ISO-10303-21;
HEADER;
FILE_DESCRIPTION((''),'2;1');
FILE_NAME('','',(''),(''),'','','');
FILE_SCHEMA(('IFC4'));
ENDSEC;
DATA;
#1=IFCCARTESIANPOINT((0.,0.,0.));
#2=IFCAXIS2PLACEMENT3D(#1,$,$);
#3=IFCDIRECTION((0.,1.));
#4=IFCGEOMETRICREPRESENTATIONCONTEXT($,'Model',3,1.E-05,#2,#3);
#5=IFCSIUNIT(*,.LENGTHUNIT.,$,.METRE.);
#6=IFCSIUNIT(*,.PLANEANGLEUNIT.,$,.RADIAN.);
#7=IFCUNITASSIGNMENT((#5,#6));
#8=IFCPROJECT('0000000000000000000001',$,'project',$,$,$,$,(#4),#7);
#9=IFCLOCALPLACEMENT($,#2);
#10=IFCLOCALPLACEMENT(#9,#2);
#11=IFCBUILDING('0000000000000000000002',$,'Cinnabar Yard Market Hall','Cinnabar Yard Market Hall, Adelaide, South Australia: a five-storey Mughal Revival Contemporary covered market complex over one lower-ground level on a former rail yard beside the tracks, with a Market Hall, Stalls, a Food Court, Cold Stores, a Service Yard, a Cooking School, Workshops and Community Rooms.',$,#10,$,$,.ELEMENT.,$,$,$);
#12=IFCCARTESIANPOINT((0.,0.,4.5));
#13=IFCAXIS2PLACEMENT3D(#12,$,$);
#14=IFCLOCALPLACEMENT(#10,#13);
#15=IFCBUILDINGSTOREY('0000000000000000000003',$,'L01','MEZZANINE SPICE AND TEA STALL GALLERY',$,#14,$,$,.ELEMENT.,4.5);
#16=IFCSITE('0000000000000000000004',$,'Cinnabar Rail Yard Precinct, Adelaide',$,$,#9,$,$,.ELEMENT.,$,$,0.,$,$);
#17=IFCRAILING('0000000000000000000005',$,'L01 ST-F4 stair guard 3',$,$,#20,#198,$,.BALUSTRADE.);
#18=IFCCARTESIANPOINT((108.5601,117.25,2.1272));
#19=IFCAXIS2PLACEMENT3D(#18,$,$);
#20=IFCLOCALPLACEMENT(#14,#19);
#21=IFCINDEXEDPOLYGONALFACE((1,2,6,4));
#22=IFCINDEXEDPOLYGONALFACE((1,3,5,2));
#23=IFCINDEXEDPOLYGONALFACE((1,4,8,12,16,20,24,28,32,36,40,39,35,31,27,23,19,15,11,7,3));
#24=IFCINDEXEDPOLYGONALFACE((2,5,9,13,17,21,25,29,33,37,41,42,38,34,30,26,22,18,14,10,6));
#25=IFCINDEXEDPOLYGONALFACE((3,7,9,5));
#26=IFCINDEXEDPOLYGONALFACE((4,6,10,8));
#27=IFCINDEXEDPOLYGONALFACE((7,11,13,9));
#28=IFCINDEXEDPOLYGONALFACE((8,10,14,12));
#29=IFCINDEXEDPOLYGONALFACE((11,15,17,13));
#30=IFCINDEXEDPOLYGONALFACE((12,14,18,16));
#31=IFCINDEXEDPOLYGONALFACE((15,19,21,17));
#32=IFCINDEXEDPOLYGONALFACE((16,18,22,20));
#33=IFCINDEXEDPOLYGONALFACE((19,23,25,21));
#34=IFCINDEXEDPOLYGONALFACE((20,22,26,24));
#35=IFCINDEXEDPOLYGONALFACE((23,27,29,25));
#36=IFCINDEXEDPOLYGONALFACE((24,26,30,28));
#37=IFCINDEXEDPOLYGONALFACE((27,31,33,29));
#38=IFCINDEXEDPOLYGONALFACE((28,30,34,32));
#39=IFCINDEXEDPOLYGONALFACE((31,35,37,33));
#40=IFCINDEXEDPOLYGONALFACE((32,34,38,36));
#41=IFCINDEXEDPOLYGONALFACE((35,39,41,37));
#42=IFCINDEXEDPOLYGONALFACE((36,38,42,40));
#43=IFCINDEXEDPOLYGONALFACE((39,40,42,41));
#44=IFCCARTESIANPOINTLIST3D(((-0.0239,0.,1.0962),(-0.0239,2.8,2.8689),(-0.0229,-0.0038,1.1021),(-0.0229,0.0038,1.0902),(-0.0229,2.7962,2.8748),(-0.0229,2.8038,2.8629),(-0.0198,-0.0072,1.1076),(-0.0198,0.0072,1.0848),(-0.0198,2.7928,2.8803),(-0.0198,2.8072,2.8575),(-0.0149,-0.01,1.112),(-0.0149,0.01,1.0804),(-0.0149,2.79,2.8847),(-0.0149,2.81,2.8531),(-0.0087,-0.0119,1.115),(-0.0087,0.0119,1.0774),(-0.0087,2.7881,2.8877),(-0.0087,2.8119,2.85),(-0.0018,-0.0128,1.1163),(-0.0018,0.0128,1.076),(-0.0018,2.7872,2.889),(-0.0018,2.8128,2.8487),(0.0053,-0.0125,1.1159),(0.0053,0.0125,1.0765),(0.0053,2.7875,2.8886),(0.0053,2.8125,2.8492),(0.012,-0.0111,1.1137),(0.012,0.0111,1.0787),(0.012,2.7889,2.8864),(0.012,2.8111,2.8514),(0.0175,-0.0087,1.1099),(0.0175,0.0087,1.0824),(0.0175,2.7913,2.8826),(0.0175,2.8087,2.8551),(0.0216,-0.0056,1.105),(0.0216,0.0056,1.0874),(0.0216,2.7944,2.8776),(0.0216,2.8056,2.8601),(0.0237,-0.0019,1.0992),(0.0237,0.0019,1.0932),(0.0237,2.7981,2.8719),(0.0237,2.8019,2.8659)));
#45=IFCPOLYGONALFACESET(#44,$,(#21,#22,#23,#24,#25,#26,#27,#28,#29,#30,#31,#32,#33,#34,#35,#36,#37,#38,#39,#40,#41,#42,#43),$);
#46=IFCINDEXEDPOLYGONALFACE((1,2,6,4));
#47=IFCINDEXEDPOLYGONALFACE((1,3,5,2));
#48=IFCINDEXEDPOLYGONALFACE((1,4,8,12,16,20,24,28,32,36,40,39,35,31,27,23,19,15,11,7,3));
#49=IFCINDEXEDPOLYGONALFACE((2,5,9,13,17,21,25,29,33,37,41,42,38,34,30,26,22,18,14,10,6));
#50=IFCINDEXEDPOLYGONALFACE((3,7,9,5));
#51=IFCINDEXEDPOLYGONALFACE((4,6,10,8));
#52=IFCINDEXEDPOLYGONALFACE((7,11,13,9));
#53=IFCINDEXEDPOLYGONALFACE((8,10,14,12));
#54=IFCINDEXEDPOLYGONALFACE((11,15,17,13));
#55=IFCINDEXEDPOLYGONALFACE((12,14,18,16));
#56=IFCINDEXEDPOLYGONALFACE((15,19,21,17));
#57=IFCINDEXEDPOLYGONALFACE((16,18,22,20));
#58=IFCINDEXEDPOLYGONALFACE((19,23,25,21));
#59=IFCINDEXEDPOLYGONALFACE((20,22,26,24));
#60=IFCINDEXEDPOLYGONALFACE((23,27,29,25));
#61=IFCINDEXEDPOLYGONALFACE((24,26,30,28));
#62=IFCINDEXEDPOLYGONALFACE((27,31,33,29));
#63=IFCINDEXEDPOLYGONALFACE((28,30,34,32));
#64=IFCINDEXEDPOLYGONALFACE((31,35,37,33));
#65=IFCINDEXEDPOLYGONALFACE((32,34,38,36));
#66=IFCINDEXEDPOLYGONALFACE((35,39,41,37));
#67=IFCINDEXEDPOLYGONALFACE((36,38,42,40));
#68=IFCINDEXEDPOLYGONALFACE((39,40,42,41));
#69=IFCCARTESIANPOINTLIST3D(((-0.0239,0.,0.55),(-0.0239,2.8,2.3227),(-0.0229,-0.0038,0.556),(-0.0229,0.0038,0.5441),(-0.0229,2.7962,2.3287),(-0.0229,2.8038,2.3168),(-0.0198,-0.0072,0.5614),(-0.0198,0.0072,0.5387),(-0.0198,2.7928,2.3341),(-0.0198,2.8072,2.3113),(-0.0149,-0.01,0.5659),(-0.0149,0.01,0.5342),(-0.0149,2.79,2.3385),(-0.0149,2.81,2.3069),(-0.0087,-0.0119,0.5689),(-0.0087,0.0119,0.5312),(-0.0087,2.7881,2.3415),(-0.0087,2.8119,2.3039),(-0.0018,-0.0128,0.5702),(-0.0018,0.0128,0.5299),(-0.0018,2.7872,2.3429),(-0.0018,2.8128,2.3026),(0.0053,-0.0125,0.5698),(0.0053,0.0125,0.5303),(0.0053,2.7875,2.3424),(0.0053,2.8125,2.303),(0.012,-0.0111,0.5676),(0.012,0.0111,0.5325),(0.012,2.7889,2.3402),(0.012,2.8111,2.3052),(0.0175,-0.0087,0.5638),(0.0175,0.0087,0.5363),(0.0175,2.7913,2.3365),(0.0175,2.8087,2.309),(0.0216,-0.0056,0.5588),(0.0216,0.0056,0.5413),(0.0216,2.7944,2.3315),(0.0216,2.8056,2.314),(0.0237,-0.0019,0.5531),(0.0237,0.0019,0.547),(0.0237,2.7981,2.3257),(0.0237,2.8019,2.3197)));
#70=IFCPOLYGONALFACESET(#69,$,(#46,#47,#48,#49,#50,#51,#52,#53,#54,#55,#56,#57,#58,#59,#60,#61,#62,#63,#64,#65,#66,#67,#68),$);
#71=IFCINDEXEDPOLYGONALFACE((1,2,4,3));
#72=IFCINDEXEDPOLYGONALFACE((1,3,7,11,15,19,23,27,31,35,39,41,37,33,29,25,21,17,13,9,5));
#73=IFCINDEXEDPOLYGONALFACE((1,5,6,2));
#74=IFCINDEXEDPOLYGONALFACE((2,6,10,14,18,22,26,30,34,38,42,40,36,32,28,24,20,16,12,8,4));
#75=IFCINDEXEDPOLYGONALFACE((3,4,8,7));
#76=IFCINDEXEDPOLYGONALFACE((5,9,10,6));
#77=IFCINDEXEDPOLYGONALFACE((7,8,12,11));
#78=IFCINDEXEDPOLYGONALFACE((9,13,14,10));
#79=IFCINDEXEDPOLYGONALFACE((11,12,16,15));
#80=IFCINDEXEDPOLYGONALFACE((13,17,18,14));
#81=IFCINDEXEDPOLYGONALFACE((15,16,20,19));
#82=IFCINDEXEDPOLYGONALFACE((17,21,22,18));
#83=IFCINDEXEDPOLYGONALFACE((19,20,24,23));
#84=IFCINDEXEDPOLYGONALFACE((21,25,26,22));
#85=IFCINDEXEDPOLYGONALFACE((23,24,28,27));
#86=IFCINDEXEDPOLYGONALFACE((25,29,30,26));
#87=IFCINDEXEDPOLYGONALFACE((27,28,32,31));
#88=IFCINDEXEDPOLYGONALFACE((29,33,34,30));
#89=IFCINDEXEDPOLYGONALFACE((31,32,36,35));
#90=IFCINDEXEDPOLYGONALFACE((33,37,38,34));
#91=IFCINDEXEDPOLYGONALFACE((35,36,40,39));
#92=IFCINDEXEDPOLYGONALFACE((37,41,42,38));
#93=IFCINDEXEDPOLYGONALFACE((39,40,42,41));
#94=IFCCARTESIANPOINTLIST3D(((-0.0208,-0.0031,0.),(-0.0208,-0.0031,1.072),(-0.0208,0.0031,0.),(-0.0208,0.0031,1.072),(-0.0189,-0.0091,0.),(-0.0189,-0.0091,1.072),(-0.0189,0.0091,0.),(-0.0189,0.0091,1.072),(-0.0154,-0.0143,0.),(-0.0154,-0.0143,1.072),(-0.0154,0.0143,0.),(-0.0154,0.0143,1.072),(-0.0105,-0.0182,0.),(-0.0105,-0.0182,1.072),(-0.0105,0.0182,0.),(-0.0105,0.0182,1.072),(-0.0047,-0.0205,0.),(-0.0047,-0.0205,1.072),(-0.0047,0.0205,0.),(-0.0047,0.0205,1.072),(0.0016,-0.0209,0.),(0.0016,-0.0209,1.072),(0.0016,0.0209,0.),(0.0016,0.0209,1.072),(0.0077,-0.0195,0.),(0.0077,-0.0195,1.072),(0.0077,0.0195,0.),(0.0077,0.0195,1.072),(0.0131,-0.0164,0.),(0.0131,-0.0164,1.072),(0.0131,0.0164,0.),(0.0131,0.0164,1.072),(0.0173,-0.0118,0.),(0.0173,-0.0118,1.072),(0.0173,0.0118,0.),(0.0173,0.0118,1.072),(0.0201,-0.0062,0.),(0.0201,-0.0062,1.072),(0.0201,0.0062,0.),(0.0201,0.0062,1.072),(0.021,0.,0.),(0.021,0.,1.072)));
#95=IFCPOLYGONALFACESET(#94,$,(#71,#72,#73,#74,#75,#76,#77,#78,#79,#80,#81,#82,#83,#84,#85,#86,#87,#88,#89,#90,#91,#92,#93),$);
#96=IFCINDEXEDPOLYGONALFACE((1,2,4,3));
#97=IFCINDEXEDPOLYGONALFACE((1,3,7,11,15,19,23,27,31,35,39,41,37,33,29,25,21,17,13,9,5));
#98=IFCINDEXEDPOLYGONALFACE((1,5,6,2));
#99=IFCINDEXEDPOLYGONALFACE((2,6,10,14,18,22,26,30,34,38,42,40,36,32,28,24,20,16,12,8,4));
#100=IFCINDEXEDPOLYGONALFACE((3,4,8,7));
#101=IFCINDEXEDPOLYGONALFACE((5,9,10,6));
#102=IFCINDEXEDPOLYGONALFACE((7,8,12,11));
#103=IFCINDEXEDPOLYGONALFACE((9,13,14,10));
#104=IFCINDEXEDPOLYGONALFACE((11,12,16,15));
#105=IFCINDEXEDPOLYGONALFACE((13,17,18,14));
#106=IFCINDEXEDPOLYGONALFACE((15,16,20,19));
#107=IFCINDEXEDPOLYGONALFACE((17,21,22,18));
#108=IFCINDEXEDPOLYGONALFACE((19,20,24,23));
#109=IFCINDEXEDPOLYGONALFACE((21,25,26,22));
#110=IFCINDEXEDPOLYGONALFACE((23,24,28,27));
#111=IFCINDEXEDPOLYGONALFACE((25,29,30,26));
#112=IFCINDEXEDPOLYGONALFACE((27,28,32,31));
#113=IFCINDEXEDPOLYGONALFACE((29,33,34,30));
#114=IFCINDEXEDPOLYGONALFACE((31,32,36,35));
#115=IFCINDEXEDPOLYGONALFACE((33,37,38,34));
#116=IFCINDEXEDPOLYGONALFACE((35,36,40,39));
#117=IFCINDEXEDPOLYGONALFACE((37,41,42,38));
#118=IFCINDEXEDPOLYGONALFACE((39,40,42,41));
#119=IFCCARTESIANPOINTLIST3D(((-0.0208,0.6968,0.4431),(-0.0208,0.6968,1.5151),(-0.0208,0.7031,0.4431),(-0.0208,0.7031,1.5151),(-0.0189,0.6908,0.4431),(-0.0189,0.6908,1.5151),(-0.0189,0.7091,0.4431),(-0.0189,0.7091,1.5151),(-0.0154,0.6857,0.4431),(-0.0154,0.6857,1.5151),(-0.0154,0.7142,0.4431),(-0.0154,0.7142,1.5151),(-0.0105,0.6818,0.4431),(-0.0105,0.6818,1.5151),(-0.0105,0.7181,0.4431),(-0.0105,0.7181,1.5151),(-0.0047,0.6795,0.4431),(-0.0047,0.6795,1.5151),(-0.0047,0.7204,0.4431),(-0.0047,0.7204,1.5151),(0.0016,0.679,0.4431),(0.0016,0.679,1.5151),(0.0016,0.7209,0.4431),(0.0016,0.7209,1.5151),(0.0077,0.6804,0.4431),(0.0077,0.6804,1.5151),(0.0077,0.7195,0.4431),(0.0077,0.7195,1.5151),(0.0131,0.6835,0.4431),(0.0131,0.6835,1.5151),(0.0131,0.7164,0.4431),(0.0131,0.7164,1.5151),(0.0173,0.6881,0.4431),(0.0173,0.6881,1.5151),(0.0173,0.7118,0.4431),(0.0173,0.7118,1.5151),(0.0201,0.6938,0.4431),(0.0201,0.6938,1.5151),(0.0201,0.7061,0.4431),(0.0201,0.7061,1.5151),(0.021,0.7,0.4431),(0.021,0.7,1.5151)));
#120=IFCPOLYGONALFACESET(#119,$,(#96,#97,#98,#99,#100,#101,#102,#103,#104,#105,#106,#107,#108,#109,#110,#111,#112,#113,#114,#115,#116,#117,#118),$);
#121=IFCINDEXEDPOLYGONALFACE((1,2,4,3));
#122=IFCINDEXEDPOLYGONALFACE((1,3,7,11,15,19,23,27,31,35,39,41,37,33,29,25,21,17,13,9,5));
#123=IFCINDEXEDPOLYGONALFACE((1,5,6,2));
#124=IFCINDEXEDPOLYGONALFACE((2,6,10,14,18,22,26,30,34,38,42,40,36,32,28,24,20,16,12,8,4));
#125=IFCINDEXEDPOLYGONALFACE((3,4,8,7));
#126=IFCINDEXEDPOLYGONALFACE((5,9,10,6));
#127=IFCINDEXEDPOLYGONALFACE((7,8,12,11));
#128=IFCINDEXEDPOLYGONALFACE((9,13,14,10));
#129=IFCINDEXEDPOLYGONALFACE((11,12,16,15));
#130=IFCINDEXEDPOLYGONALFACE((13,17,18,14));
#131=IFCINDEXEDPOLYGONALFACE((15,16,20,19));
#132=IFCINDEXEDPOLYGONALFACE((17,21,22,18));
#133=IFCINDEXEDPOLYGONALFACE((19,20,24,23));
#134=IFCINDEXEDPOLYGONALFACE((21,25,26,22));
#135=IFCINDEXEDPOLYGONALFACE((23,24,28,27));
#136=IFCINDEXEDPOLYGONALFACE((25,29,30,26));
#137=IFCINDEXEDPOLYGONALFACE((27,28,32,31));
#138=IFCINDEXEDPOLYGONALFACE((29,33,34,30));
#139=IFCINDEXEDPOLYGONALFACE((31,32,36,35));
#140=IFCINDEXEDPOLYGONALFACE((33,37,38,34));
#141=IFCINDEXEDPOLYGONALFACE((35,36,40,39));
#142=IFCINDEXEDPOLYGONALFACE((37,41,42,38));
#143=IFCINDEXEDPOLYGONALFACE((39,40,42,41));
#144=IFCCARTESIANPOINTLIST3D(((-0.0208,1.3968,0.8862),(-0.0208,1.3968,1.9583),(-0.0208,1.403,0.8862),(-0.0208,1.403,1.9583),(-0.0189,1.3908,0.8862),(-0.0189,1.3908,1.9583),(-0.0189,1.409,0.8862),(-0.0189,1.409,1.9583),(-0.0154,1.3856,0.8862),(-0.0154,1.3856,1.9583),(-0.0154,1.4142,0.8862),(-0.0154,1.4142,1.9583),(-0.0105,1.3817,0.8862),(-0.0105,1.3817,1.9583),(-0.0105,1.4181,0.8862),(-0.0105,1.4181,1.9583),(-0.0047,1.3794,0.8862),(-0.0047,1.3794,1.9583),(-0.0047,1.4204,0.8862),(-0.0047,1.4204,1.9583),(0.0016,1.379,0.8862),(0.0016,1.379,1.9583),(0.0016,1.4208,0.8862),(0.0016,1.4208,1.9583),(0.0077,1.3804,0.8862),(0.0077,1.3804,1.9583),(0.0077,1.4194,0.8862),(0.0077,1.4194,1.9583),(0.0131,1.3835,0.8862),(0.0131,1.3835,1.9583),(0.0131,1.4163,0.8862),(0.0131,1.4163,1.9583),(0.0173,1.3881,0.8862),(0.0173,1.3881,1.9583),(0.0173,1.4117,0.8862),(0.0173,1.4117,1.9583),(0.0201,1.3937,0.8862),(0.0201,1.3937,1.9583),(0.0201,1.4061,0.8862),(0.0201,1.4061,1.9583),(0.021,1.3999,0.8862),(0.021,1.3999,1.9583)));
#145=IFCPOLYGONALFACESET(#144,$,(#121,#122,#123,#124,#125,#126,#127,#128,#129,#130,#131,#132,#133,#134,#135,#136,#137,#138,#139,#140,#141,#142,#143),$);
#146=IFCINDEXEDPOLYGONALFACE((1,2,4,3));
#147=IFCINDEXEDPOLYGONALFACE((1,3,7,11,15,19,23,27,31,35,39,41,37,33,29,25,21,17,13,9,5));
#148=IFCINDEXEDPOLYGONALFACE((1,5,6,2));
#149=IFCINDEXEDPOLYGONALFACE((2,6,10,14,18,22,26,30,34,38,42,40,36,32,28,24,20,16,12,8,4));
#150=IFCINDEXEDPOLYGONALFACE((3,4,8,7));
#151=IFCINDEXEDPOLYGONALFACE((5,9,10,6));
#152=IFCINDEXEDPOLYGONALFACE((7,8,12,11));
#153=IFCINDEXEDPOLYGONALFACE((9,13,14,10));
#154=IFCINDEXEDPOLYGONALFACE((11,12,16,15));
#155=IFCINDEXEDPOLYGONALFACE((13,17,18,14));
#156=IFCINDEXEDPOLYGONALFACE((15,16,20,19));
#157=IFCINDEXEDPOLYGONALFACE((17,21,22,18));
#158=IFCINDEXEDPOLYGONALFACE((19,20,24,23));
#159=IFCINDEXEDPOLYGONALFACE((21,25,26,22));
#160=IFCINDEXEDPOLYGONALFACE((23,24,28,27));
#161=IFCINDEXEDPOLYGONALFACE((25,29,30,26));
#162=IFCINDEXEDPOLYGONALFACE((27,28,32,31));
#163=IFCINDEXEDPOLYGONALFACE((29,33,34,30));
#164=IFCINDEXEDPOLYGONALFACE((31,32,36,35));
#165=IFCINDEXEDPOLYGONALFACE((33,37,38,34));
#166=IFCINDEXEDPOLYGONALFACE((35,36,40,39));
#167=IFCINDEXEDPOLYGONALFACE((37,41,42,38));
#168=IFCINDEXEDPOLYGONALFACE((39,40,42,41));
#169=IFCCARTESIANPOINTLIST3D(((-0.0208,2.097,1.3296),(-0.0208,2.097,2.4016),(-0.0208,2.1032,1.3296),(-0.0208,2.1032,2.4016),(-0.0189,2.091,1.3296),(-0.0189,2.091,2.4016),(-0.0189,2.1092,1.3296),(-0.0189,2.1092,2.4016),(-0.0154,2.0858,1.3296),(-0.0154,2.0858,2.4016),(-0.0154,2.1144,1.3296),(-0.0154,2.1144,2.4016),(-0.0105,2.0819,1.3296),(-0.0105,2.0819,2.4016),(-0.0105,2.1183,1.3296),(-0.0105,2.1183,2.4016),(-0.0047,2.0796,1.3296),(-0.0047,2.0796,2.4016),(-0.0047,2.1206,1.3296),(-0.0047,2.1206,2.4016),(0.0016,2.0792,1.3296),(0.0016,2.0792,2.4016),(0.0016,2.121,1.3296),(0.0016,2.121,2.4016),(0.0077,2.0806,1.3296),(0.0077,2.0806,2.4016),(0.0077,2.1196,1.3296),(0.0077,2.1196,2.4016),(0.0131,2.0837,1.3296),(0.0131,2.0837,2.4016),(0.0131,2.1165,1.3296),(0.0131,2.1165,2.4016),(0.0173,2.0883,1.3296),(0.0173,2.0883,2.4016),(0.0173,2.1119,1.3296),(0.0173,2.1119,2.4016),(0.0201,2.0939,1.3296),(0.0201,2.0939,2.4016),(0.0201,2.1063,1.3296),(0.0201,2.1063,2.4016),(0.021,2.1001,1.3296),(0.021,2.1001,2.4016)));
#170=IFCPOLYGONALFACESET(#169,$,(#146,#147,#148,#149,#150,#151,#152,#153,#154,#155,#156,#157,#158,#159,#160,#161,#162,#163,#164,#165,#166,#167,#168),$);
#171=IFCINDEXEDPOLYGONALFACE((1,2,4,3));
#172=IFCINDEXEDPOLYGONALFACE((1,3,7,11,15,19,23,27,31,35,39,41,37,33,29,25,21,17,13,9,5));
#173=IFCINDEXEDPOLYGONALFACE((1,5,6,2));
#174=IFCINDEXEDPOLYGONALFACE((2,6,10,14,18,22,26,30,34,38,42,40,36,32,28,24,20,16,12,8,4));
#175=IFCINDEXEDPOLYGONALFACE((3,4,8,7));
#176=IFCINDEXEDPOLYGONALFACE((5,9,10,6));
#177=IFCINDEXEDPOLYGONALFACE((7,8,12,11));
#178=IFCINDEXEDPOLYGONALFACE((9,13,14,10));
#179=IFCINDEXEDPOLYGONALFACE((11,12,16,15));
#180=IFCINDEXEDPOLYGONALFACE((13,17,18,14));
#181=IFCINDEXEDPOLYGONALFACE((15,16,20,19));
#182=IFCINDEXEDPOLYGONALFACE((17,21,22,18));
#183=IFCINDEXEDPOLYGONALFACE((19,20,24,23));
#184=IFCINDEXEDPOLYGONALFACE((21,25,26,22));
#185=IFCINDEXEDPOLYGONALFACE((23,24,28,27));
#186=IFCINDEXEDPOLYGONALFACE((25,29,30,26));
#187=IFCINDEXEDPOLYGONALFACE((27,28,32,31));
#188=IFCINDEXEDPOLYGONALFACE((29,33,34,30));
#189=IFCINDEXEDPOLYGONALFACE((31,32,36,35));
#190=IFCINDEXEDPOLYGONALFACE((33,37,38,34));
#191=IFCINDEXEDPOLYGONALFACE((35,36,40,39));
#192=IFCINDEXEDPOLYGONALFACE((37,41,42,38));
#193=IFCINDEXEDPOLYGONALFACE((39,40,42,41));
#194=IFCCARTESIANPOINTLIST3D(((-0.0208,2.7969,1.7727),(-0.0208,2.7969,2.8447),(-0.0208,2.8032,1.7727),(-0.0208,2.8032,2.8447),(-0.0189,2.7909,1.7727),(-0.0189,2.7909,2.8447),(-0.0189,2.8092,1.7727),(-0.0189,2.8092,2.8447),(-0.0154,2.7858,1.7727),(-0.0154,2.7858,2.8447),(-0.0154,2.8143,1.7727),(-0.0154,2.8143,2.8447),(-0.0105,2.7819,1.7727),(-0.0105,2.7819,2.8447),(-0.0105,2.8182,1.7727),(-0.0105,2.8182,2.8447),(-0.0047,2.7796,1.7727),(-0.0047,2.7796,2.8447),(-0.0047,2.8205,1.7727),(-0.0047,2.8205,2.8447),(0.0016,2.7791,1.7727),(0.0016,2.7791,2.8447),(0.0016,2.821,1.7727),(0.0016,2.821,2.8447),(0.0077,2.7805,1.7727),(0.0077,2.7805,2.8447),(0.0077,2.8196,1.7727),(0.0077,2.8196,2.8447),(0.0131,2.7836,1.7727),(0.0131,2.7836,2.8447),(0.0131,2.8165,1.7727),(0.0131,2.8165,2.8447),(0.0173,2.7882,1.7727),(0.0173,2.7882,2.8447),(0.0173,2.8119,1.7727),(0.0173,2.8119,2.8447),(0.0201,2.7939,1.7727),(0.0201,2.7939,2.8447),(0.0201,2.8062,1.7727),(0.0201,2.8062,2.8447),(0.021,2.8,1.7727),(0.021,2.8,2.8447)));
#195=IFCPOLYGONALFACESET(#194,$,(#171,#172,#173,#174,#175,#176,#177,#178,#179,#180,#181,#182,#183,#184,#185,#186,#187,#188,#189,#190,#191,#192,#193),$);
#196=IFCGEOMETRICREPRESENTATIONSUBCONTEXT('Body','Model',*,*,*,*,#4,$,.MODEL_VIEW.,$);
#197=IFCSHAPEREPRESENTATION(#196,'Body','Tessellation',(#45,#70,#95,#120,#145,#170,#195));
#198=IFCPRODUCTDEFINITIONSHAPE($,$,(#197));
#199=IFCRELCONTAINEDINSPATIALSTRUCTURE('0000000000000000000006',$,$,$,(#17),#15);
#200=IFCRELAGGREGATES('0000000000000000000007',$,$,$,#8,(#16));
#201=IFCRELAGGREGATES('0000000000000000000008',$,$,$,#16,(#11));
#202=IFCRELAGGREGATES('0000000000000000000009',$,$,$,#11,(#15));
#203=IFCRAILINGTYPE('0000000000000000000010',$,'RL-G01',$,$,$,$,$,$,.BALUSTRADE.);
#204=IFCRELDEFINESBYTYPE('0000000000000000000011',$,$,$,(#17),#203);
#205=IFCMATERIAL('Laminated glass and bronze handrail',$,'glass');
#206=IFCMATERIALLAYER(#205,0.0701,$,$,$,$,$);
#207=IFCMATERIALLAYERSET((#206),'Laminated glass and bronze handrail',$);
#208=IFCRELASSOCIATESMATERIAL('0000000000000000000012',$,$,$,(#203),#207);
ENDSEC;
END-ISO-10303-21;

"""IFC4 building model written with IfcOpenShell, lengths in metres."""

from ifc_helpers import new_model, si_unit, direction, frame, origin, origin_2d_with_axis, place, context, subcontext, project, spatial, circle, extrude, material, layer, layer_set, type_object, element, save


model = new_model("IFC4")

# Units and contexts
model_context = context("Model", 3, precision=1e-05, world=origin(), true_north=direction((0.0, 1.0)))
body_context = subcontext(model_context, "Body", "Model", "MODEL_VIEW")
ifc_project = project(units=[si_unit("LENGTHUNIT", "METRE"), si_unit("PLANEANGLEUNIT", "RADIAN")], contexts=[model_context])

# Site, building, storey
site_placement = place(None, origin())
site = spatial("IfcSite", under=ifc_project, at=site_placement, Name="Cinnabar Rail Yard Precinct, Adelaide", CompositionType="ELEMENT", RefElevation=0.0)
building_placement = place(site_placement, origin())
building = spatial("IfcBuilding", under=site, at=building_placement, Name="Cinnabar Yard Market Hall", Description="Cinnabar Yard Market Hall, Adelaide, South Australia: a five-storey Mughal Revival Contemporary covered market complex over one lower-ground level on a former rail yard beside the tracks, with a Market Hall, Stalls, a Food Court, Cold Stores, a Service Yard, a Cooking School, Workshops and Community Rooms.", CompositionType="ELEMENT")
storey_placement = place(building_placement, frame((0.0, 0.0, 4.5)))
storey = spatial("IfcBuildingStorey", under=building, at=storey_placement, Name="L01", Description="MEZZANINE SPICE AND TEA STALL GALLERY", CompositionType="ELEMENT", Elevation=4.5)

# Railing
ifc_material_1 = material(Name="Laminated glass and bronze handrail", Category="glass")
ifc_layer_1 = layer(ifc_material_1, 0.0701)
ifc_layer_set_1 = layer_set([ifc_layer_1], Name="Laminated glass and bronze handrail")
railing_type_1 = type_object("IfcRailingType", Name="RL-G01", PredefinedType="BALUSTRADE", material=ifc_layer_set_1)
railing_1_placement = place(storey_placement, frame((108.5601, 117.25, 2.1272)))
element("IfcRailing", 1, at=railing_1_placement, inside=storey, type_object=railing_type_1, Name="L01 ST-F4 stair guard 3", PredefinedType="BALUSTRADE", context=body_context, shape_type="SweptSolid", body=[
    extrude(circle(Radius=0.0239, at=origin_2d_with_axis()), frame((0.0, 0.0, 1.0962), z_axis=(0.0, 0.844909, 0.53491), x_axis=(-1.0, 0.0, 0.0)), (0.0, 0.0, 1.0), 3.314),
    extrude(circle(Radius=0.0239, at=origin_2d_with_axis()), frame((0.0, 0.0, 0.55), z_axis=(0.0, 0.844909, 0.53491), x_axis=(-1.0, 0.0, 0.0)), (0.0, 0.0, 1.0), 3.314),
    extrude(circle(Radius=0.021, at=origin_2d_with_axis()), origin(), (0.0, 0.0, 1.0), 1.072),
    extrude(circle(Radius=0.021, at=origin_2d_with_axis()), frame((0.0, 0.7, 0.4431)), (0.0, 0.0, 1.0), 1.072),
    extrude(circle(Radius=0.021, at=origin_2d_with_axis()), frame((0.0, 1.3999, 0.8862)), (0.0, 0.0, 1.0), 1.072),
    extrude(circle(Radius=0.021, at=origin_2d_with_axis()), frame((0.0, 2.1001, 1.3296)), (0.0, 0.0, 1.0), 1.072),
    extrude(circle(Radius=0.021, at=origin_2d_with_axis()), frame((0.0, 2.8, 1.7727)), (0.0, 0.0, 1.0), 1.072),
])

save(model, "model.ifc")
